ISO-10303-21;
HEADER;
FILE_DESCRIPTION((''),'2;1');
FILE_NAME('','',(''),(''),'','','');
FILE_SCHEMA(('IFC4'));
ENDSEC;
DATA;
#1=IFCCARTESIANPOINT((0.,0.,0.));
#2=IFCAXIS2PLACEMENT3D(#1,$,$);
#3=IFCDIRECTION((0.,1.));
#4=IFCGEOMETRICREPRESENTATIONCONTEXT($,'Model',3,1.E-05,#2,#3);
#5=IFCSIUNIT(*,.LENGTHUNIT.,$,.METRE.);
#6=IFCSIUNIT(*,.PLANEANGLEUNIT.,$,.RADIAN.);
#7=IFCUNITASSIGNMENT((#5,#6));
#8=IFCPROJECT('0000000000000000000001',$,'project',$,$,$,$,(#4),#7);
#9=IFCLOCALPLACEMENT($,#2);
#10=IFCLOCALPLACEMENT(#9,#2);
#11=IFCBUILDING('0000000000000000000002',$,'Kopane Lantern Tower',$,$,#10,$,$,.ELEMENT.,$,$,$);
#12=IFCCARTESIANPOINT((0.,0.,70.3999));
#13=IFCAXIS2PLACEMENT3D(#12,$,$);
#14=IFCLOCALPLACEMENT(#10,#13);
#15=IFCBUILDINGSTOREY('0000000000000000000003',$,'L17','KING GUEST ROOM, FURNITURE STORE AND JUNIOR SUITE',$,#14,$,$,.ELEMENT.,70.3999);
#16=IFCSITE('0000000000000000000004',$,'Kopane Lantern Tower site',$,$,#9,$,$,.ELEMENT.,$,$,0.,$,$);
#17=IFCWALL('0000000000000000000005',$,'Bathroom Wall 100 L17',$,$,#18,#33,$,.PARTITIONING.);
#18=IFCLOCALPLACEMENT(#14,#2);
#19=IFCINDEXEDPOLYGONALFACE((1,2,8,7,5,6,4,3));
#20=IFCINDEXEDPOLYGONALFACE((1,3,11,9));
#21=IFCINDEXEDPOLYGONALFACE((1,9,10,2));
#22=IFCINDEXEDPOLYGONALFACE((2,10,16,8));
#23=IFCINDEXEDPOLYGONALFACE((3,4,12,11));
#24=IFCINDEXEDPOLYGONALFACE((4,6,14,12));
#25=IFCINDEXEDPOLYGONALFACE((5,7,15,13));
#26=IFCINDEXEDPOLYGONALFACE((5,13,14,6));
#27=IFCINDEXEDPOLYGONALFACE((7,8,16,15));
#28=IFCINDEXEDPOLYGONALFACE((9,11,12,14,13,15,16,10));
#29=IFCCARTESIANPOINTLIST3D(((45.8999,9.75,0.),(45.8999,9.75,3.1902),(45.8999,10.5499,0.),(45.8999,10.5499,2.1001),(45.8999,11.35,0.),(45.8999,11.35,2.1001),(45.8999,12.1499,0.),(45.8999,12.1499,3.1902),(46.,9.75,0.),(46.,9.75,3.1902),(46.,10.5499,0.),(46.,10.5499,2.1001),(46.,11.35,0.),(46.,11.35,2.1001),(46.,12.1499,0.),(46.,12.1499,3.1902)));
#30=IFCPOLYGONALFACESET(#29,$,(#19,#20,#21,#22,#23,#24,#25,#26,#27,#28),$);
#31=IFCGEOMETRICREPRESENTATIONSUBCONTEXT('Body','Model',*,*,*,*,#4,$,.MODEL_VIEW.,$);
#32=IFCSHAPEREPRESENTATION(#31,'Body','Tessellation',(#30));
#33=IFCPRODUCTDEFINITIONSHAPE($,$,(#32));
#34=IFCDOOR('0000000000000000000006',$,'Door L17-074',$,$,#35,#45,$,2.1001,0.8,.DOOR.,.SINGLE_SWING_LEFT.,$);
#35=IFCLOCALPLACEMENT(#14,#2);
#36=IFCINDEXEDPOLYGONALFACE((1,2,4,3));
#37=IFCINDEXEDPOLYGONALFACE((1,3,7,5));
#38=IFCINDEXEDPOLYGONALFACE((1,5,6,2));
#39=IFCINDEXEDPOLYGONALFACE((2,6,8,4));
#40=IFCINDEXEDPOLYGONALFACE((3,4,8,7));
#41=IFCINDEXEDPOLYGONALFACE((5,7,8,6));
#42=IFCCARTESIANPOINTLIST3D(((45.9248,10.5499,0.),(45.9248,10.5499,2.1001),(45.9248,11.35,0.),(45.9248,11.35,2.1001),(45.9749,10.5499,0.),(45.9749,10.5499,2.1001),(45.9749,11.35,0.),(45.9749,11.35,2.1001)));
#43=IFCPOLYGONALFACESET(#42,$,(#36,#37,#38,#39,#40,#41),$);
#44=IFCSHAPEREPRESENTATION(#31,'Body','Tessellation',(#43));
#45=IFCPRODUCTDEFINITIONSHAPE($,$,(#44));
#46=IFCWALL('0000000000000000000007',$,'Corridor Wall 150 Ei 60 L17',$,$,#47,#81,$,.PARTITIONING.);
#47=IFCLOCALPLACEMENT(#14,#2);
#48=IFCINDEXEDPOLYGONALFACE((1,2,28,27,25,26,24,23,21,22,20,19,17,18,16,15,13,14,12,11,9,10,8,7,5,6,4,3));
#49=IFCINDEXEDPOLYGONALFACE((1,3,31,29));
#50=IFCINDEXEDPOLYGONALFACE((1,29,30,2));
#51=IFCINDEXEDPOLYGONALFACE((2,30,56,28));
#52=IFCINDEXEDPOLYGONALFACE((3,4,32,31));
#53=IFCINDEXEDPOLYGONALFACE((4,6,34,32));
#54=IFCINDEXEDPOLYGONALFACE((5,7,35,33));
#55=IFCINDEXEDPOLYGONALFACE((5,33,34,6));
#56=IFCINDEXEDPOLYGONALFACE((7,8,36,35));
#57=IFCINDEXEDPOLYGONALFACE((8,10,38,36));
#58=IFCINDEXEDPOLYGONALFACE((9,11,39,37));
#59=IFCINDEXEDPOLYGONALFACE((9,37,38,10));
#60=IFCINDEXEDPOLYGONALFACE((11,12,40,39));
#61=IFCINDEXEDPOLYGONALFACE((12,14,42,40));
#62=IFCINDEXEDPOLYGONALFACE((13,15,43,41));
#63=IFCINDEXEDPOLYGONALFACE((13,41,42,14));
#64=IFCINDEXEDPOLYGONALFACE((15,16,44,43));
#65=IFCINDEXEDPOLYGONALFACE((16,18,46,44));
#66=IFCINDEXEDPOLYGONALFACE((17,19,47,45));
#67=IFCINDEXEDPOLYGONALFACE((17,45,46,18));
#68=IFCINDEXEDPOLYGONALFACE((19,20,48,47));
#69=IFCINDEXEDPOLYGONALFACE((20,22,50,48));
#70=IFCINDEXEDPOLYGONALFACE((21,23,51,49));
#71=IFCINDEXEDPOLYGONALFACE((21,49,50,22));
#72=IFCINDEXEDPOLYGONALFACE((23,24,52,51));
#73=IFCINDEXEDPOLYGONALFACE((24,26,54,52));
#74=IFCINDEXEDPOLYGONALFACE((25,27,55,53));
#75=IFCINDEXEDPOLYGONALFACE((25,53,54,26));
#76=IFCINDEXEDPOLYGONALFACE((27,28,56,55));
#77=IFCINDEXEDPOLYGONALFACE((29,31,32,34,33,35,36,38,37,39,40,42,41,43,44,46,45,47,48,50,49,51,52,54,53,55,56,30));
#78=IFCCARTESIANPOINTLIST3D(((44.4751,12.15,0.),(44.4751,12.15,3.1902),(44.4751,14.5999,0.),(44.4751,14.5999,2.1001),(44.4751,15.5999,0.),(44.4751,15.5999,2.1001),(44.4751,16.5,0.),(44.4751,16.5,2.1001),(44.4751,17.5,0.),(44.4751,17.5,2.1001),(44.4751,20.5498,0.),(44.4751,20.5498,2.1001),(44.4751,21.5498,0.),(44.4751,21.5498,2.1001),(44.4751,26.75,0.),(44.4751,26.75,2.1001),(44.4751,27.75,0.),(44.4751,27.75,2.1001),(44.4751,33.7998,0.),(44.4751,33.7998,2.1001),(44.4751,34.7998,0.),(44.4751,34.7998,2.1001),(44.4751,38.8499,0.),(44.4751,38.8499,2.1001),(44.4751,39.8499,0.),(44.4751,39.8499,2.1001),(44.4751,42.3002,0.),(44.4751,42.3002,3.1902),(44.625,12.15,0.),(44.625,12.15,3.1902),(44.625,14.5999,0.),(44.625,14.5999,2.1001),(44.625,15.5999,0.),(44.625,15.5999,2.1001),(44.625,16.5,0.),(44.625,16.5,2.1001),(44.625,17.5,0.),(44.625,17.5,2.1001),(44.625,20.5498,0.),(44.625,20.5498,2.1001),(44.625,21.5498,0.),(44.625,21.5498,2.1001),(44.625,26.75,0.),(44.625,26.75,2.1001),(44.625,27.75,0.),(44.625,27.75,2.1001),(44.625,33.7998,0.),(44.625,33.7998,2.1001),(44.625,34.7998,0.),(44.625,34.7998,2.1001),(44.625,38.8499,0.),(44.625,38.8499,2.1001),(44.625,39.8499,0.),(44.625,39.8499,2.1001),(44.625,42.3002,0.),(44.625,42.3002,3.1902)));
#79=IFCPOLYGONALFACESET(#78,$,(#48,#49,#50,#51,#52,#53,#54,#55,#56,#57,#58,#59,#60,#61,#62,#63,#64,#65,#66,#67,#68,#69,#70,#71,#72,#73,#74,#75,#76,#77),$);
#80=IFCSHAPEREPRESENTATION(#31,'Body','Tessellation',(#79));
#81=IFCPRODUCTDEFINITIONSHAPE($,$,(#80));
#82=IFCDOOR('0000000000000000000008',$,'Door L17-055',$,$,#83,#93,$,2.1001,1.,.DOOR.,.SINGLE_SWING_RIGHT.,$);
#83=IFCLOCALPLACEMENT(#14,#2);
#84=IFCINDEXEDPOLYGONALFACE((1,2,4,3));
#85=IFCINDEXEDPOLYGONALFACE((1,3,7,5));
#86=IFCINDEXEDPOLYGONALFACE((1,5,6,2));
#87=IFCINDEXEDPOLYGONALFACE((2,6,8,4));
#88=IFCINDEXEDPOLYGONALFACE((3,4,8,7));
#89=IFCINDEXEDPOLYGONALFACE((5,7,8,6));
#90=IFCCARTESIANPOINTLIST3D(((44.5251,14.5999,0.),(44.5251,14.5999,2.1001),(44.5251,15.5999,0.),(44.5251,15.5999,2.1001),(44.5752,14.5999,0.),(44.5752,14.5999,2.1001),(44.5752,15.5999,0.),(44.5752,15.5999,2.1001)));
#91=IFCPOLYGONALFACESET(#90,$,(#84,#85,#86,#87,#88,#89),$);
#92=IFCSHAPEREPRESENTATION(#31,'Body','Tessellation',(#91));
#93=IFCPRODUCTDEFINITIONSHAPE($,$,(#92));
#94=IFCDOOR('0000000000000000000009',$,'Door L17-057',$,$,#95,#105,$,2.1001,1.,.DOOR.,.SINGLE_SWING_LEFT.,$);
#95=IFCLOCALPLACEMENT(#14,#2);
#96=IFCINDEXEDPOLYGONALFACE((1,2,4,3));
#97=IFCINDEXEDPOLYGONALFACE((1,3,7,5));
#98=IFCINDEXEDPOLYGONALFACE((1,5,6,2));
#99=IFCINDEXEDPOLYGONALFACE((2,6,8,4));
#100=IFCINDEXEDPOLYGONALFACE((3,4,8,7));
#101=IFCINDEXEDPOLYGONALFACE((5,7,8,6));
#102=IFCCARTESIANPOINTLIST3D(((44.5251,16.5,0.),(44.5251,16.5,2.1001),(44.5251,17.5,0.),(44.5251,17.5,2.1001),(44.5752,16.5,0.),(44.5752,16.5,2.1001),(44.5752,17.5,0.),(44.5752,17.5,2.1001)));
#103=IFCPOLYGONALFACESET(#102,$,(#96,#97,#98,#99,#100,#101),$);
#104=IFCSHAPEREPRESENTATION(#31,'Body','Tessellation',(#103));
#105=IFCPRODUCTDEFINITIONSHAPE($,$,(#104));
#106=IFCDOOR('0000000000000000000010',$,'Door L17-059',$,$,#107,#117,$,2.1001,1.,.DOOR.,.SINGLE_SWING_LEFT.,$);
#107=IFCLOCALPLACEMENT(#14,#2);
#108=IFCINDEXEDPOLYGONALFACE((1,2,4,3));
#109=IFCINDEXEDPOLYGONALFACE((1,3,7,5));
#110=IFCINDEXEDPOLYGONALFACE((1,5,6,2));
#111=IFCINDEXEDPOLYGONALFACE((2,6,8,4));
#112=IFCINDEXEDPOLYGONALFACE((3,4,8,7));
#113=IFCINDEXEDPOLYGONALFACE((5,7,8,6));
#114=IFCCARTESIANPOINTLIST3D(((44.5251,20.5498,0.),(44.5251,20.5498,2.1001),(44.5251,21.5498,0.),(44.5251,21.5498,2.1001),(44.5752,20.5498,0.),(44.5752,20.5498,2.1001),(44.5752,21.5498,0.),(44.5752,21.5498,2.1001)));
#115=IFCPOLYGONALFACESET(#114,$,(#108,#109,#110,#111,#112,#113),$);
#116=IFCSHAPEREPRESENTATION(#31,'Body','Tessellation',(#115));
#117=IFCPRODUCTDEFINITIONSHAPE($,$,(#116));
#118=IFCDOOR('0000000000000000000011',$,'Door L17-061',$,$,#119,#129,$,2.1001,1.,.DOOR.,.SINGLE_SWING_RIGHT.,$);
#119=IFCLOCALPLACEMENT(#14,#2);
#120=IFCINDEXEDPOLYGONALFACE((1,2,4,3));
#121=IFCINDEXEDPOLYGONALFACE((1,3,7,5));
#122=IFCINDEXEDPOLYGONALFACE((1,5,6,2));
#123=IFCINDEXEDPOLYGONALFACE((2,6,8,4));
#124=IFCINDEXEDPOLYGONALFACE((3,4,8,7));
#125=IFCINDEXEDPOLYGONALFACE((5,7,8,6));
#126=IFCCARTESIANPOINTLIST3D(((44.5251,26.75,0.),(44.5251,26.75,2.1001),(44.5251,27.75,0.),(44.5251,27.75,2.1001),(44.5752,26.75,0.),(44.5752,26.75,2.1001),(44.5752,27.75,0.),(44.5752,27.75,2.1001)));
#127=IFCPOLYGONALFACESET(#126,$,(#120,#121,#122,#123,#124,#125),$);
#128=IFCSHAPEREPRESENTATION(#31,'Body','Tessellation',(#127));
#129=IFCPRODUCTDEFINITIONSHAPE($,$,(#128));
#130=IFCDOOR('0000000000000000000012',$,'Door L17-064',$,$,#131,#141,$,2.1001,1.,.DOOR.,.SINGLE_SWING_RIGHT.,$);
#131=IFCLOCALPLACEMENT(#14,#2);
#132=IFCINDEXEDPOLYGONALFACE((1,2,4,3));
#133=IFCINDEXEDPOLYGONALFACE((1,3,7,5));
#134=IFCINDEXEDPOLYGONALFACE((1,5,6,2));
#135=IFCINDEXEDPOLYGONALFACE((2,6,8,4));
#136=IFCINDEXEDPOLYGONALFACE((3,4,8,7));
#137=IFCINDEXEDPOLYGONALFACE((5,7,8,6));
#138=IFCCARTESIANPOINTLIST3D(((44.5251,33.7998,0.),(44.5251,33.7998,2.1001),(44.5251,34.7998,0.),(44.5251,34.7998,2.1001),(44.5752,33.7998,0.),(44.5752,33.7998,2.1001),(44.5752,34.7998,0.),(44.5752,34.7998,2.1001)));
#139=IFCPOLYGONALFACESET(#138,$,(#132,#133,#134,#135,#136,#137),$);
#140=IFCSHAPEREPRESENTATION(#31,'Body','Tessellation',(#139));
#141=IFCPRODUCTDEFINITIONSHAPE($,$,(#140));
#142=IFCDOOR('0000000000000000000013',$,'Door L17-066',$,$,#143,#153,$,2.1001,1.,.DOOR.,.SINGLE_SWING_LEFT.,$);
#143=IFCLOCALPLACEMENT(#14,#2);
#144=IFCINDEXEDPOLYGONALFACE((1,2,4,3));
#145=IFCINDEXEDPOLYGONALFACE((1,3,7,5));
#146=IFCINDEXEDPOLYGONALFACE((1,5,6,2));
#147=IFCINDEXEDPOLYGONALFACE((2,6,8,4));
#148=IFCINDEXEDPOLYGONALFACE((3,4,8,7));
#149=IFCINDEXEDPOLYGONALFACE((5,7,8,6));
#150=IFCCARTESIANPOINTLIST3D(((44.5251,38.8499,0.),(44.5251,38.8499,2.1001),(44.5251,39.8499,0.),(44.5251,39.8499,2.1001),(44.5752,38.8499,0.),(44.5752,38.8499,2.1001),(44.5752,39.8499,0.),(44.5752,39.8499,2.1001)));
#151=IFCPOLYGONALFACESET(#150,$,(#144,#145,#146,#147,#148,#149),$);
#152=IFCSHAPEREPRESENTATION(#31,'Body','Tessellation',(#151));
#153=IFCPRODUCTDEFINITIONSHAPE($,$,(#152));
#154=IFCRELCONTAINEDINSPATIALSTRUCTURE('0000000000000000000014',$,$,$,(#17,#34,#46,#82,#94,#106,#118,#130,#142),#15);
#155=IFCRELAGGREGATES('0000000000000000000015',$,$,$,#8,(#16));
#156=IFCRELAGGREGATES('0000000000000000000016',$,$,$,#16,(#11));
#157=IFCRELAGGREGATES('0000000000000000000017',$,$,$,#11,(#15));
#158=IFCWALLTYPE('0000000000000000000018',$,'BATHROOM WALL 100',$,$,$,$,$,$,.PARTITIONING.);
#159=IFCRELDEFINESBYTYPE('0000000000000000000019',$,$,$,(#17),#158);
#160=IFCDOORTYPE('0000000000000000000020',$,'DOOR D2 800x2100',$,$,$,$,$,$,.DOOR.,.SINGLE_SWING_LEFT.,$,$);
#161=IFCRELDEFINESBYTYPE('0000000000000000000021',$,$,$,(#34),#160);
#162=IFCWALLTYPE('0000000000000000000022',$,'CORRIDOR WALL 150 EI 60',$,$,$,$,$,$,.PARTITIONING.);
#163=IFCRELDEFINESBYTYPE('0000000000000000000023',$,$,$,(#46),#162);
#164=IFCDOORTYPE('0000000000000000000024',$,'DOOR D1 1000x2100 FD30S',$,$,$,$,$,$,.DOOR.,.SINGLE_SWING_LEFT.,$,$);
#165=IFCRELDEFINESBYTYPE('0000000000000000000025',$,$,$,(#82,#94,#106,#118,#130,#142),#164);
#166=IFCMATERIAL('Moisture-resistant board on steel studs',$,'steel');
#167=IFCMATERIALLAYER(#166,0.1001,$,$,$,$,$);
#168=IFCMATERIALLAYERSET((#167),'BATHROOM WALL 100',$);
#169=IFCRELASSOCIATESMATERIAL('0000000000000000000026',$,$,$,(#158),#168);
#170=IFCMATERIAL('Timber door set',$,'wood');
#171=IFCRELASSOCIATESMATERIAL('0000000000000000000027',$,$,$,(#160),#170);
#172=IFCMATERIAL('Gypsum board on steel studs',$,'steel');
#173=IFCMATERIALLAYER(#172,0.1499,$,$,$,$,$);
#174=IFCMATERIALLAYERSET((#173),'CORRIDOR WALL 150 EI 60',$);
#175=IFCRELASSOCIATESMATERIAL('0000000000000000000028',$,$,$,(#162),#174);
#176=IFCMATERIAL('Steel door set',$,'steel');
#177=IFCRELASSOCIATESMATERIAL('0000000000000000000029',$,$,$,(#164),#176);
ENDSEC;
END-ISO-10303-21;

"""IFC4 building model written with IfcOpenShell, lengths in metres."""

from ifc_helpers import new_model, si_unit, direction, frame, frame_2d, origin, place, context, subcontext, project, spatial, rectangle, extrude, material, layer, layer_set, type_object, element, fill, save


model = new_model("IFC4")

# Units and contexts
model_context = context("Model", 3, precision=1e-05, world=origin(), true_north=direction((0.0, 1.0)))
body_context = subcontext(model_context, "Body", "Model", "MODEL_VIEW")
ifc_project = project(units=[si_unit("LENGTHUNIT", "METRE"), si_unit("PLANEANGLEUNIT", "RADIAN")], contexts=[model_context])

# Site, building, storey
site_placement = place(None, origin())
site = spatial("IfcSite", under=ifc_project, at=site_placement, Name="Kopane Lantern Tower site", CompositionType="ELEMENT", RefElevation=0.0)
building_placement = place(site_placement, origin())
building = spatial("IfcBuilding", under=site, at=building_placement, Name="Kopane Lantern Tower", CompositionType="ELEMENT")
storey_placement = place(building_placement, frame((0.0, 0.0, 70.3999)))
storey = spatial("IfcBuildingStorey", under=building, at=storey_placement, Name="L17", Description="KING GUEST ROOM, FURNITURE STORE AND JUNIOR SUITE", CompositionType="ELEMENT", Elevation=70.3999)

# Wall, opening, door
ifc_material_1 = material(Name="Moisture-resistant board on steel studs", Category="steel")
ifc_layer_1 = layer(ifc_material_1, 0.1001)
ifc_layer_set_1 = layer_set([ifc_layer_1], Name="BATHROOM WALL 100")
wall_type_1 = type_object("IfcWallType", Name="BATHROOM WALL 100", PredefinedType="PARTITIONING", material=ifc_layer_set_1)
wall_1_placement = place(storey_placement, frame((45.95, 12.1499, 0.0), z_axis=(0.0, 0.0, 1.0), x_axis=(0.0, -1.0, 0.0)))
wall_1 = element("IfcWall", 1, at=wall_1_placement, inside=storey, type_object=wall_type_1, Name="Bathroom Wall 100 L17", PredefinedType="PARTITIONING", context=body_context, shape_type="SweptSolid", body=[
    extrude(rectangle(XDim=2.3999, YDim=0.1001, at=frame_2d((1.2, 0.0))), origin(), (0.0, 0.0, 1.0), 3.1902),
])
opening_1_placement = place(wall_1_placement, frame((0.8, 0.0, 0.0)))
opening_1 = element("IfcOpeningElement", 2, at=opening_1_placement, cuts=wall_1, PredefinedType="OPENING", context=body_context, shape_type="SweptSolid", body=[
    extrude(rectangle(XDim=0.8, YDim=2.1001, at=frame_2d((0.3999, 1.05))), frame((0.0, 0.0601, 0.0), z_axis=(0.0, -1.0, 0.0), x_axis=(1.0, 0.0, 0.0)), (0.0, 0.0, 1.0), 0.1201),
])
ifc_material_2 = material(Name="Timber door set", Category="wood")
door_type_1 = type_object("IfcDoorType", Name="DOOR D2 800x2100", OperationType="SINGLE_SWING_LEFT", PredefinedType="DOOR", material=ifc_material_2)
door_1_placement = place(opening_1_placement, origin())
door_1 = element("IfcDoor", 3, at=door_1_placement, inside=storey, type_object=door_type_1, Name="Door L17-074", OperationType="SINGLE_SWING_LEFT", OverallHeight=2.1001, OverallWidth=0.8, PredefinedType="DOOR", context=body_context, shape_type="SweptSolid", body=[
    extrude(rectangle(XDim=0.8, YDim=2.1001, at=frame_2d((0.3999, 1.05))), frame((0.0, 0.0249, 0.0), z_axis=(0.0, -1.0, 0.0), x_axis=(1.0, 0.0, 0.0)), (0.0, 0.0, 1.0), 0.05),
])
fill(opening_1, door_1)

# Wall, openings, doors
ifc_material_3 = material(Name="Gypsum board on steel studs", Category="steel")
ifc_layer_2 = layer(ifc_material_3, 0.1499)
ifc_layer_set_2 = layer_set([ifc_layer_2], Name="CORRIDOR WALL 150 EI 60")
wall_type_2 = type_object("IfcWallType", Name="CORRIDOR WALL 150 EI 60", PredefinedType="PARTITIONING", material=ifc_layer_set_2)
wall_2_placement = place(storey_placement, frame((44.55, 12.1499, 0.0), z_axis=(0.0, 0.0, 1.0), x_axis=(0.0, 1.0, 0.0)))
wall_2 = element("IfcWall", 4, at=wall_2_placement, inside=storey, type_object=wall_type_2, Name="Corridor Wall 150 Ei 60 L17", PredefinedType="PARTITIONING", context=body_context, shape_type="SweptSolid", body=[
    extrude(rectangle(XDim=30.1501, YDim=0.1499, at=frame_2d((15.0752, 0.0))), origin(), (0.0, 0.0, 1.0), 3.1902),
])
opening_2_placement = place(wall_2_placement, frame((2.45, 0.0, 0.0)))
opening_2 = element("IfcOpeningElement", 5, at=opening_2_placement, cuts=wall_2, PredefinedType="OPENING", context=body_context, shape_type="SweptSolid", body=[
    extrude(rectangle(XDim=1.0, YDim=2.1001, at=frame_2d((0.5, 1.05))), frame((0.0, 0.085, 0.0), z_axis=(0.0, -1.0, 0.0), x_axis=(1.0, 0.0, 0.0)), (0.0, 0.0, 1.0), 0.1699),
])
opening_3_placement = place(wall_2_placement, frame((4.3501, 0.0, 0.0)))
opening_3 = element("IfcOpeningElement", 6, at=opening_3_placement, cuts=wall_2, PredefinedType="OPENING", context=body_context, shape_type="SweptSolid", body=[
    extrude(rectangle(XDim=1.0, YDim=2.1001, at=frame_2d((0.5, 1.05))), frame((0.0, 0.085, 0.0), z_axis=(0.0, -1.0, 0.0), x_axis=(1.0, 0.0, 0.0)), (0.0, 0.0, 1.0), 0.1699),
])
opening_4_placement = place(wall_2_placement, frame((8.3999, 0.0, 0.0)))
opening_4 = element("IfcOpeningElement", 7, at=opening_4_placement, cuts=wall_2, PredefinedType="OPENING", context=body_context, shape_type="SweptSolid", body=[
    extrude(rectangle(XDim=1.0, YDim=2.1001, at=frame_2d((0.5, 1.05))), frame((0.0, 0.085, 0.0), z_axis=(0.0, -1.0, 0.0), x_axis=(1.0, 0.0, 0.0)), (0.0, 0.0, 1.0), 0.1699),
])
opening_5_placement = place(wall_2_placement, frame((14.6001, 0.0, 0.0)))
opening_5 = element("IfcOpeningElement", 8, at=opening_5_placement, cuts=wall_2, PredefinedType="OPENING", context=body_context, shape_type="SweptSolid", body=[
    extrude(rectangle(XDim=1.0, YDim=2.1001, at=frame_2d((0.5, 1.05))), frame((0.0, 0.085, 0.0), z_axis=(0.0, -1.0, 0.0), x_axis=(1.0, 0.0, 0.0)), (0.0, 0.0, 1.0), 0.1699),
])
opening_6_placement = place(wall_2_placement, frame((21.6499, 0.0, 0.0)))
opening_6 = element("IfcOpeningElement", 9, at=opening_6_placement, cuts=wall_2, PredefinedType="OPENING", context=body_context, shape_type="SweptSolid", body=[
    extrude(rectangle(XDim=1.0, YDim=2.1001, at=frame_2d((0.5, 1.05))), frame((0.0, 0.085, 0.0), z_axis=(0.0, -1.0, 0.0), x_axis=(1.0, 0.0, 0.0)), (0.0, 0.0, 1.0), 0.1699),
])
opening_7_placement = place(wall_2_placement, frame((26.7, 0.0, 0.0)))
opening_7 = element("IfcOpeningElement", 10, at=opening_7_placement, cuts=wall_2, PredefinedType="OPENING", context=body_context, shape_type="SweptSolid", body=[
    extrude(rectangle(XDim=1.0, YDim=2.1001, at=frame_2d((0.5, 1.05))), frame((0.0, 0.085, 0.0), z_axis=(0.0, -1.0, 0.0), x_axis=(1.0, 0.0, 0.0)), (0.0, 0.0, 1.0), 0.1699),
])
ifc_material_4 = material(Name="Steel door set", Category="steel")
door_type_2 = type_object("IfcDoorType", Name="DOOR D1 1000x2100 FD30S", OperationType="SINGLE_SWING_LEFT", PredefinedType="DOOR", material=ifc_material_4)
door_2_placement = place(opening_2_placement, origin())
door_2 = element("IfcDoor", 11, at=door_2_placement, inside=storey, type_object=door_type_2, Name="Door L17-055", OperationType="SINGLE_SWING_RIGHT", OverallHeight=2.1001, OverallWidth=1.0, PredefinedType="DOOR", context=body_context, shape_type="SweptSolid", body=[
    extrude(rectangle(XDim=1.0, YDim=2.1001, at=frame_2d((0.5, 1.05))), frame((0.0, 0.0249, 0.0), z_axis=(0.0, -1.0, 0.0), x_axis=(1.0, 0.0, 0.0)), (0.0, 0.0, 1.0), 0.05),
])
fill(opening_2, door_2)
door_3_placement = place(opening_3_placement, origin())
door_3 = element("IfcDoor", 12, at=door_3_placement, inside=storey, type_object=door_type_2, Name="Door L17-057", OperationType="SINGLE_SWING_LEFT", OverallHeight=2.1001, OverallWidth=1.0, PredefinedType="DOOR", context=body_context, shape_type="SweptSolid", body=[
    extrude(rectangle(XDim=1.0, YDim=2.1001, at=frame_2d((0.5, 1.05))), frame((0.0, 0.0249, 0.0), z_axis=(0.0, -1.0, 0.0), x_axis=(1.0, 0.0, 0.0)), (0.0, 0.0, 1.0), 0.05),
])
fill(opening_3, door_3)
door_4_placement = place(opening_4_placement, origin())
door_4 = element("IfcDoor", 13, at=door_4_placement, inside=storey, type_object=door_type_2, Name="Door L17-059", OperationType="SINGLE_SWING_LEFT", OverallHeight=2.1001, OverallWidth=1.0, PredefinedType="DOOR", context=body_context, shape_type="SweptSolid", body=[
    extrude(rectangle(XDim=1.0, YDim=2.1001, at=frame_2d((0.5, 1.05))), frame((0.0, 0.0249, 0.0), z_axis=(0.0, -1.0, 0.0), x_axis=(1.0, 0.0, 0.0)), (0.0, 0.0, 1.0), 0.05),
])
fill(opening_4, door_4)
door_5_placement = place(opening_5_placement, origin())
door_5 = element("IfcDoor", 14, at=door_5_placement, inside=storey, type_object=door_type_2, Name="Door L17-061", OperationType="SINGLE_SWING_RIGHT", OverallHeight=2.1001, OverallWidth=1.0, PredefinedType="DOOR", context=body_context, shape_type="SweptSolid", body=[
    extrude(rectangle(XDim=1.0, YDim=2.1001, at=frame_2d((0.5, 1.05))), frame((0.0, 0.0249, 0.0), z_axis=(0.0, -1.0, 0.0), x_axis=(1.0, 0.0, 0.0)), (0.0, 0.0, 1.0), 0.05),
])
fill(opening_5, door_5)
door_6_placement = place(opening_6_placement, origin())
door_6 = element("IfcDoor", 15, at=door_6_placement, inside=storey, type_object=door_type_2, Name="Door L17-064", OperationType="SINGLE_SWING_RIGHT", OverallHeight=2.1001, OverallWidth=1.0, PredefinedType="DOOR", context=body_context, shape_type="SweptSolid", body=[
    extrude(rectangle(XDim=1.0, YDim=2.1001, at=frame_2d((0.5, 1.05))), frame((0.0, 0.0249, 0.0), z_axis=(0.0, -1.0, 0.0), x_axis=(1.0, 0.0, 0.0)), (0.0, 0.0, 1.0), 0.05),
])
fill(opening_6, door_6)
door_7_placement = place(opening_7_placement, origin())
door_7 = element("IfcDoor", 16, at=door_7_placement, inside=storey, type_object=door_type_2, Name="Door L17-066", OperationType="SINGLE_SWING_LEFT", OverallHeight=2.1001, OverallWidth=1.0, PredefinedType="DOOR", context=body_context, shape_type="SweptSolid", body=[
    extrude(rectangle(XDim=1.0, YDim=2.1001, at=frame_2d((0.5, 1.05))), frame((0.0, 0.0249, 0.0), z_axis=(0.0, -1.0, 0.0), x_axis=(1.0, 0.0, 0.0)), (0.0, 0.0, 1.0), 0.05),
])
fill(opening_7, door_7)

save(model, "model.ifc")
